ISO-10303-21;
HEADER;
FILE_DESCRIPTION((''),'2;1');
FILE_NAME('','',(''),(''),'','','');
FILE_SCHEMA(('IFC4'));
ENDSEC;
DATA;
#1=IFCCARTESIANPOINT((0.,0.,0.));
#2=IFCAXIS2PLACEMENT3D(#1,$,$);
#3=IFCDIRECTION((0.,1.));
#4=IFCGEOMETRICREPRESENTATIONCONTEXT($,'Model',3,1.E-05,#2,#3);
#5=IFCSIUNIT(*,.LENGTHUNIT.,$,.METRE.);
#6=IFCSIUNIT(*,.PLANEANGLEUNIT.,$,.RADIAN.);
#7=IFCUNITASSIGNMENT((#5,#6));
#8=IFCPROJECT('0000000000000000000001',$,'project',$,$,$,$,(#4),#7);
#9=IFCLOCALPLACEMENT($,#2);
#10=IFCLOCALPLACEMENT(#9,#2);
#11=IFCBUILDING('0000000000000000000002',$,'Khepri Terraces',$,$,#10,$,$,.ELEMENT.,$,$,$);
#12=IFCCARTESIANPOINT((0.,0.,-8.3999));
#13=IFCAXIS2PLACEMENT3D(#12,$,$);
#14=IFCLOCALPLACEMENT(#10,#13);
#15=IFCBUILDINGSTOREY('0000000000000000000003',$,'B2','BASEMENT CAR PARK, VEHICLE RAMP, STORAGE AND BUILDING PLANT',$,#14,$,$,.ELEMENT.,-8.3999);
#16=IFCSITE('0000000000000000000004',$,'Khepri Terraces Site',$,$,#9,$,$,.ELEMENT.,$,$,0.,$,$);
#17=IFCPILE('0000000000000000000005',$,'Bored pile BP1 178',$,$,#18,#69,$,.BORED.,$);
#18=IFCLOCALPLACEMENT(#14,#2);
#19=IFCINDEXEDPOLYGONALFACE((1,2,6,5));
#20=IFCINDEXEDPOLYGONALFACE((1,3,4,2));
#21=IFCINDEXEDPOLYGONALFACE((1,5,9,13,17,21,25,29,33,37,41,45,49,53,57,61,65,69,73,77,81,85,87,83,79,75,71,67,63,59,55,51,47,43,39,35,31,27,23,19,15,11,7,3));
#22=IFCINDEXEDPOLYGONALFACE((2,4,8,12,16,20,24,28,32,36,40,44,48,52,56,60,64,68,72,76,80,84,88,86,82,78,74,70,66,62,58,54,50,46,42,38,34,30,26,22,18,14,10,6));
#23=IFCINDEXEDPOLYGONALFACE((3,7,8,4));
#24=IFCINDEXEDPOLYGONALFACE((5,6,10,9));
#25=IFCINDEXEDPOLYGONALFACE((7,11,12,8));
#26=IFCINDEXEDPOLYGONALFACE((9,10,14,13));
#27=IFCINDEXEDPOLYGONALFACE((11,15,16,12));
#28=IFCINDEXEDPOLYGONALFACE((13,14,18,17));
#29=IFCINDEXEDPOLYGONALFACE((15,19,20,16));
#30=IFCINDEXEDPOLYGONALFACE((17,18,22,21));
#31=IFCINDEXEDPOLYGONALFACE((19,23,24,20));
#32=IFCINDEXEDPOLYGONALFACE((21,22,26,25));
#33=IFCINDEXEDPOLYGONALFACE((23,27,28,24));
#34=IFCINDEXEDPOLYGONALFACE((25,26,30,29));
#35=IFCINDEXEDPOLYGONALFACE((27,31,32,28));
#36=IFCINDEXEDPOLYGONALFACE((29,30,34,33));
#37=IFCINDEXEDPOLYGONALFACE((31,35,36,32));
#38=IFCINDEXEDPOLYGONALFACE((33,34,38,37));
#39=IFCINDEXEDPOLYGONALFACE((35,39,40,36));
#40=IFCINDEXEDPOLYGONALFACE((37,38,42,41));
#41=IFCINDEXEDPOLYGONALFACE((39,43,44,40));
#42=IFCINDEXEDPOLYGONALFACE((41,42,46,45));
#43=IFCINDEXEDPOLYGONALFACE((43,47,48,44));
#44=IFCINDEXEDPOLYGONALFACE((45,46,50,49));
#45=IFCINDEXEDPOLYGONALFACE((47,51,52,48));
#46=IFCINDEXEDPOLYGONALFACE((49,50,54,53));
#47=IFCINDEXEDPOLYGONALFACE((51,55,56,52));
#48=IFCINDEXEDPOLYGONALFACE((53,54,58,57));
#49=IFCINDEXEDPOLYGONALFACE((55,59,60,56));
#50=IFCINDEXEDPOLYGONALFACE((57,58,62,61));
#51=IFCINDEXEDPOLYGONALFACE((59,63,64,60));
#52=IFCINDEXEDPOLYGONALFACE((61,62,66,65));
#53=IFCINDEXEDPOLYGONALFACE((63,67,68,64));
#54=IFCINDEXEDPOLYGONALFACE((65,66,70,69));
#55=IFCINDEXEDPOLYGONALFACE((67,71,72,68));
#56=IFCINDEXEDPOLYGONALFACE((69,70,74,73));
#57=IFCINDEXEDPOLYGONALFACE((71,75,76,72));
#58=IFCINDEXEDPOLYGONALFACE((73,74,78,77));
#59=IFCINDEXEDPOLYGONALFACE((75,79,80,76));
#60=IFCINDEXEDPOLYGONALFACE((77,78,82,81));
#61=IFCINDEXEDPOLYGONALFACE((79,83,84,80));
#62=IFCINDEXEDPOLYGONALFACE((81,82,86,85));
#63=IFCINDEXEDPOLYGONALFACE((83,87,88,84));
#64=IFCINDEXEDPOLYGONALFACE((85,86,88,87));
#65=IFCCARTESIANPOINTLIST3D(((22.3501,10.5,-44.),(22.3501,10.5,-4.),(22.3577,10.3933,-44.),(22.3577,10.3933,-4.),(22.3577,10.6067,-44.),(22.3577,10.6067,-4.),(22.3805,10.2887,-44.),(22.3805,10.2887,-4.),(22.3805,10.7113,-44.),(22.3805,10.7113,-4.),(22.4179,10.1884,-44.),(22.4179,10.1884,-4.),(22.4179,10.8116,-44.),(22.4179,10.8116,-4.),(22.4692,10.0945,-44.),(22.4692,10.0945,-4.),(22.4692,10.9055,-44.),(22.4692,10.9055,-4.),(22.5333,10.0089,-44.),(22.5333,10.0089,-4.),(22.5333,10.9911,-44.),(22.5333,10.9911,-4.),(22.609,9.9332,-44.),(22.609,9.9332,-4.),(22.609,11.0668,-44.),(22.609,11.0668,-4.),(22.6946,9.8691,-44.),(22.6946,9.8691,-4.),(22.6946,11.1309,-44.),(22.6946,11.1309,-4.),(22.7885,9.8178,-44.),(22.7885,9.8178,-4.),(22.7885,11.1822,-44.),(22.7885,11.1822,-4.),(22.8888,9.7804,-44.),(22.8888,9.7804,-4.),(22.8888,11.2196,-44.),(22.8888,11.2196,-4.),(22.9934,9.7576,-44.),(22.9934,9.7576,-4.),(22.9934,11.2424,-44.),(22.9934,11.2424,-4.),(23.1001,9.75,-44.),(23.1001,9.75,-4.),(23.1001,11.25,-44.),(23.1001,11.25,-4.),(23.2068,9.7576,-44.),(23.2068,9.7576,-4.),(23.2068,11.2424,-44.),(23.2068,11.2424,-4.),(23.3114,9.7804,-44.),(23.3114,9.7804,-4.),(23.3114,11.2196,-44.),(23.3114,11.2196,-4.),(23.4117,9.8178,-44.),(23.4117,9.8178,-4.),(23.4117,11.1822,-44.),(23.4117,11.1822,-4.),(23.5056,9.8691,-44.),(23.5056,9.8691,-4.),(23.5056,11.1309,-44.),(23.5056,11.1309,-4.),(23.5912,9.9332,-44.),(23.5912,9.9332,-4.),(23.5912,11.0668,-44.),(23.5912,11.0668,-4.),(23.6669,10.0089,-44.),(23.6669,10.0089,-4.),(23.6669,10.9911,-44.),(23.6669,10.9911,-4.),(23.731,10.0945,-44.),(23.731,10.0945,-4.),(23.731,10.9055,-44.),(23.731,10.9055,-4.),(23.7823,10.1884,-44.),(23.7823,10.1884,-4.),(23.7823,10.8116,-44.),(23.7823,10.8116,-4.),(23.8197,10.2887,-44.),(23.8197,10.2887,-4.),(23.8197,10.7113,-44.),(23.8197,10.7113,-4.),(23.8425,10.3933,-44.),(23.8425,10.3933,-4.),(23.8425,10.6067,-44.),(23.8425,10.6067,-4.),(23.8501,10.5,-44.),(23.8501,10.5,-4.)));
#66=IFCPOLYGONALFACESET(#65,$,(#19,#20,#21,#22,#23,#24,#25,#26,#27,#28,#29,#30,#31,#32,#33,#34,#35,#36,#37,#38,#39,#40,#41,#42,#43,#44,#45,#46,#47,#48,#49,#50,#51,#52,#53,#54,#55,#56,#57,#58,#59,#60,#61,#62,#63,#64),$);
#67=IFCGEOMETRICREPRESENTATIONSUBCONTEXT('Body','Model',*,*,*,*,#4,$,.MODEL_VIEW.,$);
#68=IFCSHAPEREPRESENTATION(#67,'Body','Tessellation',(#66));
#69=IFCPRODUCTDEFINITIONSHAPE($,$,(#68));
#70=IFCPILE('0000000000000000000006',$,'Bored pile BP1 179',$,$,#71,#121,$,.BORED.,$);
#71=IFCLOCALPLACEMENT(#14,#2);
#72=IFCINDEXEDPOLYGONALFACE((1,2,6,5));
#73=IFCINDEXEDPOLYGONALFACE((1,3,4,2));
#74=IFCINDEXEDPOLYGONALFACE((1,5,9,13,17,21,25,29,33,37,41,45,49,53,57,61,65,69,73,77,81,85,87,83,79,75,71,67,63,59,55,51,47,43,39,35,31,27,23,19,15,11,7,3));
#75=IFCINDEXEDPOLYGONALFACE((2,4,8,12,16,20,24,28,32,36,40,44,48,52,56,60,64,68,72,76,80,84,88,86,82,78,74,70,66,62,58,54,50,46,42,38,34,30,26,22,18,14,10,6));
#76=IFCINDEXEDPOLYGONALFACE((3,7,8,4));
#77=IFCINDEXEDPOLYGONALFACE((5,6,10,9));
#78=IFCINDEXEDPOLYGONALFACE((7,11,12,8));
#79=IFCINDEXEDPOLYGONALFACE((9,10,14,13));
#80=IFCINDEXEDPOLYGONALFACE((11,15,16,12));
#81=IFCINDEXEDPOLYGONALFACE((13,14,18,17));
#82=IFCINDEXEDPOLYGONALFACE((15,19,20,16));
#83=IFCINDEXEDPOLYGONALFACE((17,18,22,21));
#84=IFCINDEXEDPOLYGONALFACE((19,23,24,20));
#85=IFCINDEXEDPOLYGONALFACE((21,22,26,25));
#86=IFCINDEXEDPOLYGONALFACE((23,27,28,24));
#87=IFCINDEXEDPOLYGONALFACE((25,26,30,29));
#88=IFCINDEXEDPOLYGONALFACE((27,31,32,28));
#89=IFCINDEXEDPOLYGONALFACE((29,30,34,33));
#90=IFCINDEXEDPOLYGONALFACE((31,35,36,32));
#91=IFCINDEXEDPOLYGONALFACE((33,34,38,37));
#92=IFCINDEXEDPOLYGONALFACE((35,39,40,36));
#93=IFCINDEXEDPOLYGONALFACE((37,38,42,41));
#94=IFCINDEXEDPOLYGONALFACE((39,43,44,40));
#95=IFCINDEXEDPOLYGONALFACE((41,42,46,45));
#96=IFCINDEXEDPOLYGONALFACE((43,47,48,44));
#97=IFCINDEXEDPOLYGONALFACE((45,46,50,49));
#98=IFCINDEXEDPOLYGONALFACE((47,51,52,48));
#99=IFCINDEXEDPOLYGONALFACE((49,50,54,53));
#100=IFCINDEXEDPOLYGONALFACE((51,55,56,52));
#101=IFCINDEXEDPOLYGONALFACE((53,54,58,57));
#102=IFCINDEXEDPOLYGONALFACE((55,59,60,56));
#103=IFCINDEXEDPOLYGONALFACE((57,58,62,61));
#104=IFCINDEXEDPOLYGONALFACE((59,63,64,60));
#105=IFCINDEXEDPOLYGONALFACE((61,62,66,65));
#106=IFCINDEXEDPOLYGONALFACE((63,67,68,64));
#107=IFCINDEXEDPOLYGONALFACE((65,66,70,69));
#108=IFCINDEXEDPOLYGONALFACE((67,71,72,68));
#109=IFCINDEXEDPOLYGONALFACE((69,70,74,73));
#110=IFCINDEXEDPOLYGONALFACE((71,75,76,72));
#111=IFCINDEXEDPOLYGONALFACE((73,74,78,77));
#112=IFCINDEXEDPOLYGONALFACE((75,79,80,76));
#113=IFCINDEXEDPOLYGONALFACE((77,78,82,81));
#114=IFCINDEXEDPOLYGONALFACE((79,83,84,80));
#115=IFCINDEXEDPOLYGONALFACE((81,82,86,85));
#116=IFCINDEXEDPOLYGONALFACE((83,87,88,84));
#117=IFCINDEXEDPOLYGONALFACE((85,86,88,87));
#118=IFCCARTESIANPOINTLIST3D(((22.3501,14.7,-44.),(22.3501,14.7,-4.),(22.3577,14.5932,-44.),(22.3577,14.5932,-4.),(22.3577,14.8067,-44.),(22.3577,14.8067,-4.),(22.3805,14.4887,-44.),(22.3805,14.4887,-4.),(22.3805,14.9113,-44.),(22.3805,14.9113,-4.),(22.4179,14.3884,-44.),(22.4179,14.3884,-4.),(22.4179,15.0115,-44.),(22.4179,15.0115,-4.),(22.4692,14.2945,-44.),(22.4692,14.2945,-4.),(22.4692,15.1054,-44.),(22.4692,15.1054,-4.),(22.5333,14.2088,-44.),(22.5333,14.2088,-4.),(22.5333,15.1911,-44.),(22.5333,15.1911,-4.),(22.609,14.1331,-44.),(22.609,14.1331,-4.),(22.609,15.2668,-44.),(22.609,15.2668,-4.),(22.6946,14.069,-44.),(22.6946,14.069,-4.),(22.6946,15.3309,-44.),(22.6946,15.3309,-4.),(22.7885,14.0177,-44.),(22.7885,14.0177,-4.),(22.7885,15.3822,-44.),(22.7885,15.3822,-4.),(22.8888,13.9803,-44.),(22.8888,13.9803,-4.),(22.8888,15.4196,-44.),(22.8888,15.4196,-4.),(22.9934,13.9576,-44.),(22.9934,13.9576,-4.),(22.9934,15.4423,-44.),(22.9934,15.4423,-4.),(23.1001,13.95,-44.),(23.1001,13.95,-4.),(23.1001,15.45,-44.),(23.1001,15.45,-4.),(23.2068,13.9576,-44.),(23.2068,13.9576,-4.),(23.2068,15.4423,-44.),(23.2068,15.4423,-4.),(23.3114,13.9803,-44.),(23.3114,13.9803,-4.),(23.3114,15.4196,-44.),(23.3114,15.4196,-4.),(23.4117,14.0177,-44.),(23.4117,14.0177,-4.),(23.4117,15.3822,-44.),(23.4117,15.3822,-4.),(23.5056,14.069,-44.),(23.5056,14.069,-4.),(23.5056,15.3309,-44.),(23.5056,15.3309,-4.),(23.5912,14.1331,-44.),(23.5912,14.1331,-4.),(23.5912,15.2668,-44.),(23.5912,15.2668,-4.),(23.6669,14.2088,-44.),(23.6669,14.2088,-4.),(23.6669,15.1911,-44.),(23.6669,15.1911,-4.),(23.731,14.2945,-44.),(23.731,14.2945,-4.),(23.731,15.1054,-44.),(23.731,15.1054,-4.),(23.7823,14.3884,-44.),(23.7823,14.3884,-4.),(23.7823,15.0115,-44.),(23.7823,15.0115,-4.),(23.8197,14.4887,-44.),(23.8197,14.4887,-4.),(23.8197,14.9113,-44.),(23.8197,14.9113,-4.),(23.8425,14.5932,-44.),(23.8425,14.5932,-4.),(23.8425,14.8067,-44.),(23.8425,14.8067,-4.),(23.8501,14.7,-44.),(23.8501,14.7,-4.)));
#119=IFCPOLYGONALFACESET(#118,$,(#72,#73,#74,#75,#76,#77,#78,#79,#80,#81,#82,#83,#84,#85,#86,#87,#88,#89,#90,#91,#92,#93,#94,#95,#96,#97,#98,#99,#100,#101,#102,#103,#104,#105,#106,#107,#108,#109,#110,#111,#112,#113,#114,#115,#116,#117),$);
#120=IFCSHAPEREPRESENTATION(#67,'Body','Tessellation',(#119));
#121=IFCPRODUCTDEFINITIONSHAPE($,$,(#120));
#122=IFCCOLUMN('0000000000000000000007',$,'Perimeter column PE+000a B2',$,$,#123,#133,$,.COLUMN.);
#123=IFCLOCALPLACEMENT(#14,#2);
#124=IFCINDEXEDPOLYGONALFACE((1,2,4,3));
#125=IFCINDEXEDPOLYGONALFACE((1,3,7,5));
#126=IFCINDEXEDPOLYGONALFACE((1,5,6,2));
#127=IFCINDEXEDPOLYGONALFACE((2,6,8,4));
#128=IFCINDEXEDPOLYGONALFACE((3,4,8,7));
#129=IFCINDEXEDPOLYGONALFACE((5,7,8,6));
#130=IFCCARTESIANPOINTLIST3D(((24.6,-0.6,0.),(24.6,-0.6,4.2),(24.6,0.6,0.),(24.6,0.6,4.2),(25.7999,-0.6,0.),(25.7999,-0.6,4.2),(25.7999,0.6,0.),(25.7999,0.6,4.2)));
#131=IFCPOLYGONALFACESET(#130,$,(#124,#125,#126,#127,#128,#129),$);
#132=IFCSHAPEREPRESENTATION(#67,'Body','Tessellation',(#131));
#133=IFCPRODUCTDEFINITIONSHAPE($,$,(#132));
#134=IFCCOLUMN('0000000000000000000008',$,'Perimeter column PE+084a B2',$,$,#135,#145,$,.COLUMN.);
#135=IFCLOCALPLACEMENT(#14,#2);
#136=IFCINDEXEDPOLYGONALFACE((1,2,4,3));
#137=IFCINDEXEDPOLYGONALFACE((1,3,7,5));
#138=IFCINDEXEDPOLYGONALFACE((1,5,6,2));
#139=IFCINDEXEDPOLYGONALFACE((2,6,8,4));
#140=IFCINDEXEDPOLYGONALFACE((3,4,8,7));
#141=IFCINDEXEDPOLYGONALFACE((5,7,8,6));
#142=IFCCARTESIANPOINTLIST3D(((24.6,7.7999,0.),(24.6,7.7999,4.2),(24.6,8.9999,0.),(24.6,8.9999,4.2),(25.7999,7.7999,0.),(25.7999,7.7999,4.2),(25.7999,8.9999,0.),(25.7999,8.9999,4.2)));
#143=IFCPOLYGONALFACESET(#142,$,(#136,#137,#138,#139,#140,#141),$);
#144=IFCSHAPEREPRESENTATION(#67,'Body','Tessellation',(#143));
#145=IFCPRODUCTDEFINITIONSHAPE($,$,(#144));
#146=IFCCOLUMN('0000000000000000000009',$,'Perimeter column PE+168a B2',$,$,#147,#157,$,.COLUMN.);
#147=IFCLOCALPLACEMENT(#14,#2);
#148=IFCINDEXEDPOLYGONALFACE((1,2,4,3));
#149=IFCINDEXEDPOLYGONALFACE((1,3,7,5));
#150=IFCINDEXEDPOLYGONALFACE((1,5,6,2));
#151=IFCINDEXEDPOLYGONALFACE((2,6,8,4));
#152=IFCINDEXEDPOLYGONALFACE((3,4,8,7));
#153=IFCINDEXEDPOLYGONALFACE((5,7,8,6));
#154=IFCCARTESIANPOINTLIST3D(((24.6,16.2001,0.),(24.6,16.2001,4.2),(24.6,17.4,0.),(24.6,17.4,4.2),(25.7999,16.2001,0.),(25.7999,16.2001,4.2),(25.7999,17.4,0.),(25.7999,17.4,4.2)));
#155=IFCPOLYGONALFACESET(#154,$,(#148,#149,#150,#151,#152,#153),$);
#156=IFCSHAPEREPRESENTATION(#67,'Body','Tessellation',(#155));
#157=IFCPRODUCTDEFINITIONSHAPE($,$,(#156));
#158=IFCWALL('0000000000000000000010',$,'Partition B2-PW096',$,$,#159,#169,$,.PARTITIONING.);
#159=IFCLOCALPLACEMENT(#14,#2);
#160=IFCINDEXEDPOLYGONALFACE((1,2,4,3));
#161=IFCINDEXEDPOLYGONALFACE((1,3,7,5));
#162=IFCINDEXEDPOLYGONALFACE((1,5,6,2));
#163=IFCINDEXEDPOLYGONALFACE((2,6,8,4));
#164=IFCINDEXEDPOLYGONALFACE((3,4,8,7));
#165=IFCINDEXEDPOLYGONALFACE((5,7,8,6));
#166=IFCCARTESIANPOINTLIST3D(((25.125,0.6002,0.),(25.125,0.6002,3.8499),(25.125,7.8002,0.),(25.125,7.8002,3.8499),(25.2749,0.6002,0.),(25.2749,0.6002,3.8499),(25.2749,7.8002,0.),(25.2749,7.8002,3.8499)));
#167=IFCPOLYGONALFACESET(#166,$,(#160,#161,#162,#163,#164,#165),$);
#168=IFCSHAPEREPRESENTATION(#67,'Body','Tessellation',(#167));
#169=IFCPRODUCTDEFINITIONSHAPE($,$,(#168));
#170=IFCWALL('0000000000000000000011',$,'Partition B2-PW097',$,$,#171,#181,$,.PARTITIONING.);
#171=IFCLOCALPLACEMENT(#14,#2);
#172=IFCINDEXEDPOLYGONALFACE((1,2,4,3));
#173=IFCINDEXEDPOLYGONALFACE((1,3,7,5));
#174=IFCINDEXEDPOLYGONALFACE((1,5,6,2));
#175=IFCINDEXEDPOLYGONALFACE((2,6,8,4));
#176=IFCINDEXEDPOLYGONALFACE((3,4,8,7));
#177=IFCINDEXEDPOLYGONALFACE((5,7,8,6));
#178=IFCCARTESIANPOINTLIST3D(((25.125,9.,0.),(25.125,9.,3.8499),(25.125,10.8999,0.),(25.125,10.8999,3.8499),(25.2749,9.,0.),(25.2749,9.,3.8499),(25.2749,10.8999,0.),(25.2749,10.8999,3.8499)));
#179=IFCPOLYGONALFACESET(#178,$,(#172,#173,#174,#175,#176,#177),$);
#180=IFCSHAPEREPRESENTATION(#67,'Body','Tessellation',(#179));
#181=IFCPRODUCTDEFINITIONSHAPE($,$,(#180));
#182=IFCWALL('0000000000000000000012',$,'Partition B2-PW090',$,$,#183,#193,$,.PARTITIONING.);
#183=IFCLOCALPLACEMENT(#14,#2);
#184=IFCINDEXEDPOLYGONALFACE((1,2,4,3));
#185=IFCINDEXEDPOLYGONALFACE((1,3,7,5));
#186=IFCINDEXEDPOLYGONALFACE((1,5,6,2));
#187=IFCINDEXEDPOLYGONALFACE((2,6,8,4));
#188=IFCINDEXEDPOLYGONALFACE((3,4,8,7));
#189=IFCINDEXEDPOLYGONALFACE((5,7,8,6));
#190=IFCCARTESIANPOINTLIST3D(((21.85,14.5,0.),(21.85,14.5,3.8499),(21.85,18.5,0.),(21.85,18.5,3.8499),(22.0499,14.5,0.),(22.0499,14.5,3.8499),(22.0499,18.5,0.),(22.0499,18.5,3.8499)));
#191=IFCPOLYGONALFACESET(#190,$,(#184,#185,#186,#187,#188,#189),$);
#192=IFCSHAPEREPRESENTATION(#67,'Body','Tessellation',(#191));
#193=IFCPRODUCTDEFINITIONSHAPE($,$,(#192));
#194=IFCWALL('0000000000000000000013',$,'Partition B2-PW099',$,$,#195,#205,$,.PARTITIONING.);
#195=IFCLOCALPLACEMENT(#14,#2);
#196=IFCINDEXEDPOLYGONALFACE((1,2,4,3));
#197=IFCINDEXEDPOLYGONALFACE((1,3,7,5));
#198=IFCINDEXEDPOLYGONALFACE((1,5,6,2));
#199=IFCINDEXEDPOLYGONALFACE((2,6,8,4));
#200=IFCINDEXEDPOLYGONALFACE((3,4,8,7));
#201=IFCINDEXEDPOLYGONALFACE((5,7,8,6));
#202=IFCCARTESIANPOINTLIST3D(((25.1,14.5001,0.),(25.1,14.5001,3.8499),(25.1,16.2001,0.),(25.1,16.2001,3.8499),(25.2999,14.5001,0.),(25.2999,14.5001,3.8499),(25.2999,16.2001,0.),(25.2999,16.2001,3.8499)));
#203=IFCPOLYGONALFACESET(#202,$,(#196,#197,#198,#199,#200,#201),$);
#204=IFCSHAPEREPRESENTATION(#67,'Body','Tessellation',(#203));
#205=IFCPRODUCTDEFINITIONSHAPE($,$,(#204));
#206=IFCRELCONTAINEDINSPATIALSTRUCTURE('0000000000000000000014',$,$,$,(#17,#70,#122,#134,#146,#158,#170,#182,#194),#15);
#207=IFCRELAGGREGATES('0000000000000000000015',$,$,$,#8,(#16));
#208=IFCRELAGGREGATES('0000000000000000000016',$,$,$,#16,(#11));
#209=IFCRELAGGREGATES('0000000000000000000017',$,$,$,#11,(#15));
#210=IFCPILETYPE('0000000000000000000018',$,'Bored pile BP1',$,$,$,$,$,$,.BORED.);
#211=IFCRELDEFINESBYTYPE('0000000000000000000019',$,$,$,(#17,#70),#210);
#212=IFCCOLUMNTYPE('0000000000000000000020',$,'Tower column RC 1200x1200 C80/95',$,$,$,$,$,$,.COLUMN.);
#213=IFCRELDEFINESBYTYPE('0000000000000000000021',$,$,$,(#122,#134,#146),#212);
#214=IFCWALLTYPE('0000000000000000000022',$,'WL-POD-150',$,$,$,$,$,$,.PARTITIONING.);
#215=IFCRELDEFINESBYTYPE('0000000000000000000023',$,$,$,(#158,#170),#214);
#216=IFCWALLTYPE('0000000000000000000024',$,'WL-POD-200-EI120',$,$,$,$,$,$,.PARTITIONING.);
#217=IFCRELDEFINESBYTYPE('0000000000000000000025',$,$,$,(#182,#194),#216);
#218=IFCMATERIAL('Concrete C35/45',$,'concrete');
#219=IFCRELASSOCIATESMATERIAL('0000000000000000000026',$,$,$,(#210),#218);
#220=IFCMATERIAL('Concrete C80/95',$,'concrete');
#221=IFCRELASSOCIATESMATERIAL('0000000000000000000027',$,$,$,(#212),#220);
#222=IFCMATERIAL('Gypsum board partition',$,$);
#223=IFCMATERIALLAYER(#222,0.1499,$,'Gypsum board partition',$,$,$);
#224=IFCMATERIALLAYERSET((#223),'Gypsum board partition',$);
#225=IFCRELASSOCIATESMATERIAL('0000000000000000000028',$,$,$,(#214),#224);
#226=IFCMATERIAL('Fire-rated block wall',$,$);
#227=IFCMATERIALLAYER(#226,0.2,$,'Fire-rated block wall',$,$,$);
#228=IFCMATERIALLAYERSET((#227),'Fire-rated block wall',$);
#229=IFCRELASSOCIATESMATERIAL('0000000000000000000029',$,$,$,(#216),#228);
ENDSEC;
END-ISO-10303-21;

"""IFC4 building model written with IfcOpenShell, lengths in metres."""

from ifc_helpers import new_model, si_unit, direction, frame, frame_2d, origin, origin_2d, place, context, subcontext, project, spatial, rectangle, circle, extrude, material, layer, layer_set, material_profile, profile_set, type_object, element, save


model = new_model("IFC4")

# Units and contexts
model_context = context("Model", 3, precision=1e-05, world=origin(), true_north=direction((0.0, 1.0)))
body_context = subcontext(model_context, "Body", "Model", "MODEL_VIEW")
ifc_project = project(units=[si_unit("LENGTHUNIT", "METRE"), si_unit("PLANEANGLEUNIT", "RADIAN")], contexts=[model_context])

# Site, building, storey
site_placement = place(None, origin())
site = spatial("IfcSite", under=ifc_project, at=site_placement, Name="Khepri Terraces Site", CompositionType="ELEMENT", RefElevation=0.0)
building_placement = place(site_placement, origin())
building = spatial("IfcBuilding", under=site, at=building_placement, Name="Khepri Terraces", CompositionType="ELEMENT")
storey_placement = place(building_placement, frame((0.0, 0.0, -8.3999)))
storey = spatial("IfcBuildingStorey", under=building, at=storey_placement, Name="B2", Description="BASEMENT CAR PARK, VEHICLE RAMP, STORAGE AND BUILDING PLANT", CompositionType="ELEMENT", Elevation=-8.3999)

# Piles
ifc_material_1 = material(Name="Concrete C35/45", Category="concrete")
ifc_material_profile_1 = material_profile(ifc_material_1, circle(Radius=0.75, at=origin_2d()), Name="Concrete C35/45", Category="concrete")
ifc_profile_set_1 = profile_set([ifc_material_profile_1], Name="Concrete C35/45")
pile_type = type_object("IfcPileType", Name="Bored pile BP1", PredefinedType="BORED", material=ifc_profile_set_1)
for number, where, z_axis, x_axis, name in (
    (1, (23.1001, 10.5, -4.0), (0.0, 0.0, -1.0), (1.0, 0.0, 0.0), "Bored pile BP1 178"),
    (2, (23.1001, 14.7, -4.0), (0.0, 0.0, -1.0), (1.0, 0.0, 0.0), "Bored pile BP1 179"),
):
    element("IfcPile", number, at=place(storey_placement, frame(where, z_axis=z_axis, x_axis=x_axis)), inside=storey, type_object=pile_type, Name=name, PredefinedType="BORED", context=body_context, shape_type="SweptSolid", body=[
        extrude(circle(Radius=0.75, at=origin_2d()), origin(), (0.0, 0.0, 1.0), 40.0),
    ])

# Columns
ifc_material_2 = material(Name="Concrete C80/95", Category="concrete")
ifc_material_profile_2 = material_profile(ifc_material_2, rectangle(XDim=1.2, YDim=1.2, at=origin_2d()), Name="Concrete C80/95", Category="concrete")
ifc_profile_set_2 = profile_set([ifc_material_profile_2], Name="Concrete C80/95")
column_type = type_object("IfcColumnType", Name="Tower column RC 1200x1200 C80/95", PredefinedType="COLUMN", material=ifc_profile_set_2)
for number, where, z_axis, x_axis, name in (
    (3, (25.2, 0.0, 0.0), (0.0, 0.0, 1.0), (1.0, 0.0, 0.0), "Perimeter column PE+000a B2"),
    (4, (25.2, 8.3999, 0.0), (0.0, 0.0, 1.0), (1.0, 0.0, 0.0), "Perimeter column PE+084a B2"),
    (5, (25.2, 16.8, 0.0), (0.0, 0.0, 1.0), (1.0, 0.0, 0.0), "Perimeter column PE+168a B2"),
):
    element("IfcColumn", number, at=place(storey_placement, frame(where, z_axis=z_axis, x_axis=x_axis)), inside=storey, type_object=column_type, Name=name, PredefinedType="COLUMN", context=body_context, shape_type="SweptSolid", body=[
        extrude(rectangle(XDim=1.2, YDim=1.2, at=origin_2d()), origin(), (0.0, 0.0, 1.0), 4.2),
    ])

# Walls
ifc_material_3 = material(Name="Gypsum board partition")
ifc_layer_1 = layer(ifc_material_3, 0.1499, Name="Gypsum board partition")
ifc_layer_set_1 = layer_set([ifc_layer_1], Name="Gypsum board partition")
wall_type_1 = type_object("IfcWallType", Name="WL-POD-150", PredefinedType="PARTITIONING", material=ifc_layer_set_1)
wall_1_placement = place(storey_placement, frame((25.2, 0.6001, 0.0), z_axis=(0.0, 0.0, 1.0), x_axis=(0.0, 1.0, 0.0)))
element("IfcWall", 6, at=wall_1_placement, inside=storey, type_object=wall_type_1, Name="Partition B2-PW096", PredefinedType="PARTITIONING", context=body_context, shape_type="SweptSolid", body=[
    extrude(rectangle(XDim=7.2, YDim=0.1499, at=frame_2d((3.6001, 0.0))), origin(), (0.0, 0.0, 1.0), 3.8499),
])
wall_2_placement = place(storey_placement, frame((25.2, 9.0, 0.0), z_axis=(0.0, 0.0, 1.0), x_axis=(0.0, 1.0, 0.0)))
element("IfcWall", 7, at=wall_2_placement, inside=storey, type_object=wall_type_1, Name="Partition B2-PW097", PredefinedType="PARTITIONING", context=body_context, shape_type="SweptSolid", body=[
    extrude(rectangle(XDim=1.8999, YDim=0.1499, at=frame_2d((0.95, 0.0))), origin(), (0.0, 0.0, 1.0), 3.8499),
])
ifc_material_4 = material(Name="Fire-rated block wall")
ifc_layer_2 = layer(ifc_material_4, 0.2, Name="Fire-rated block wall")
ifc_layer_set_2 = layer_set([ifc_layer_2], Name="Fire-rated block wall")
wall_type_2 = type_object("IfcWallType", Name="WL-POD-200-EI120", PredefinedType="PARTITIONING", material=ifc_layer_set_2)
wall_3_placement = place(storey_placement, frame((21.95, 14.5, 0.0), z_axis=(0.0, 0.0, 1.0), x_axis=(0.0, 1.0, 0.0)))
element("IfcWall", 8, at=wall_3_placement, inside=storey, type_object=wall_type_2, Name="Partition B2-PW090", PredefinedType="PARTITIONING", context=body_context, shape_type="SweptSolid", body=[
    extrude(rectangle(XDim=4.0, YDim=0.2, at=frame_2d((2.0, 0.0))), origin(), (0.0, 0.0, 1.0), 3.8499),
])
wall_4_placement = place(storey_placement, frame((25.2, 14.5, 0.0), z_axis=(0.0, 0.0, 1.0), x_axis=(0.0, 1.0, 0.0)))
element("IfcWall", 9, at=wall_4_placement, inside=storey, type_object=wall_type_2, Name="Partition B2-PW099", PredefinedType="PARTITIONING", context=body_context, shape_type="SweptSolid", body=[
    extrude(rectangle(XDim=1.7, YDim=0.2, at=frame_2d((0.8501, 0.0))), origin(), (0.0, 0.0, 1.0), 3.8499),
])

save(model, "model.ifc")
